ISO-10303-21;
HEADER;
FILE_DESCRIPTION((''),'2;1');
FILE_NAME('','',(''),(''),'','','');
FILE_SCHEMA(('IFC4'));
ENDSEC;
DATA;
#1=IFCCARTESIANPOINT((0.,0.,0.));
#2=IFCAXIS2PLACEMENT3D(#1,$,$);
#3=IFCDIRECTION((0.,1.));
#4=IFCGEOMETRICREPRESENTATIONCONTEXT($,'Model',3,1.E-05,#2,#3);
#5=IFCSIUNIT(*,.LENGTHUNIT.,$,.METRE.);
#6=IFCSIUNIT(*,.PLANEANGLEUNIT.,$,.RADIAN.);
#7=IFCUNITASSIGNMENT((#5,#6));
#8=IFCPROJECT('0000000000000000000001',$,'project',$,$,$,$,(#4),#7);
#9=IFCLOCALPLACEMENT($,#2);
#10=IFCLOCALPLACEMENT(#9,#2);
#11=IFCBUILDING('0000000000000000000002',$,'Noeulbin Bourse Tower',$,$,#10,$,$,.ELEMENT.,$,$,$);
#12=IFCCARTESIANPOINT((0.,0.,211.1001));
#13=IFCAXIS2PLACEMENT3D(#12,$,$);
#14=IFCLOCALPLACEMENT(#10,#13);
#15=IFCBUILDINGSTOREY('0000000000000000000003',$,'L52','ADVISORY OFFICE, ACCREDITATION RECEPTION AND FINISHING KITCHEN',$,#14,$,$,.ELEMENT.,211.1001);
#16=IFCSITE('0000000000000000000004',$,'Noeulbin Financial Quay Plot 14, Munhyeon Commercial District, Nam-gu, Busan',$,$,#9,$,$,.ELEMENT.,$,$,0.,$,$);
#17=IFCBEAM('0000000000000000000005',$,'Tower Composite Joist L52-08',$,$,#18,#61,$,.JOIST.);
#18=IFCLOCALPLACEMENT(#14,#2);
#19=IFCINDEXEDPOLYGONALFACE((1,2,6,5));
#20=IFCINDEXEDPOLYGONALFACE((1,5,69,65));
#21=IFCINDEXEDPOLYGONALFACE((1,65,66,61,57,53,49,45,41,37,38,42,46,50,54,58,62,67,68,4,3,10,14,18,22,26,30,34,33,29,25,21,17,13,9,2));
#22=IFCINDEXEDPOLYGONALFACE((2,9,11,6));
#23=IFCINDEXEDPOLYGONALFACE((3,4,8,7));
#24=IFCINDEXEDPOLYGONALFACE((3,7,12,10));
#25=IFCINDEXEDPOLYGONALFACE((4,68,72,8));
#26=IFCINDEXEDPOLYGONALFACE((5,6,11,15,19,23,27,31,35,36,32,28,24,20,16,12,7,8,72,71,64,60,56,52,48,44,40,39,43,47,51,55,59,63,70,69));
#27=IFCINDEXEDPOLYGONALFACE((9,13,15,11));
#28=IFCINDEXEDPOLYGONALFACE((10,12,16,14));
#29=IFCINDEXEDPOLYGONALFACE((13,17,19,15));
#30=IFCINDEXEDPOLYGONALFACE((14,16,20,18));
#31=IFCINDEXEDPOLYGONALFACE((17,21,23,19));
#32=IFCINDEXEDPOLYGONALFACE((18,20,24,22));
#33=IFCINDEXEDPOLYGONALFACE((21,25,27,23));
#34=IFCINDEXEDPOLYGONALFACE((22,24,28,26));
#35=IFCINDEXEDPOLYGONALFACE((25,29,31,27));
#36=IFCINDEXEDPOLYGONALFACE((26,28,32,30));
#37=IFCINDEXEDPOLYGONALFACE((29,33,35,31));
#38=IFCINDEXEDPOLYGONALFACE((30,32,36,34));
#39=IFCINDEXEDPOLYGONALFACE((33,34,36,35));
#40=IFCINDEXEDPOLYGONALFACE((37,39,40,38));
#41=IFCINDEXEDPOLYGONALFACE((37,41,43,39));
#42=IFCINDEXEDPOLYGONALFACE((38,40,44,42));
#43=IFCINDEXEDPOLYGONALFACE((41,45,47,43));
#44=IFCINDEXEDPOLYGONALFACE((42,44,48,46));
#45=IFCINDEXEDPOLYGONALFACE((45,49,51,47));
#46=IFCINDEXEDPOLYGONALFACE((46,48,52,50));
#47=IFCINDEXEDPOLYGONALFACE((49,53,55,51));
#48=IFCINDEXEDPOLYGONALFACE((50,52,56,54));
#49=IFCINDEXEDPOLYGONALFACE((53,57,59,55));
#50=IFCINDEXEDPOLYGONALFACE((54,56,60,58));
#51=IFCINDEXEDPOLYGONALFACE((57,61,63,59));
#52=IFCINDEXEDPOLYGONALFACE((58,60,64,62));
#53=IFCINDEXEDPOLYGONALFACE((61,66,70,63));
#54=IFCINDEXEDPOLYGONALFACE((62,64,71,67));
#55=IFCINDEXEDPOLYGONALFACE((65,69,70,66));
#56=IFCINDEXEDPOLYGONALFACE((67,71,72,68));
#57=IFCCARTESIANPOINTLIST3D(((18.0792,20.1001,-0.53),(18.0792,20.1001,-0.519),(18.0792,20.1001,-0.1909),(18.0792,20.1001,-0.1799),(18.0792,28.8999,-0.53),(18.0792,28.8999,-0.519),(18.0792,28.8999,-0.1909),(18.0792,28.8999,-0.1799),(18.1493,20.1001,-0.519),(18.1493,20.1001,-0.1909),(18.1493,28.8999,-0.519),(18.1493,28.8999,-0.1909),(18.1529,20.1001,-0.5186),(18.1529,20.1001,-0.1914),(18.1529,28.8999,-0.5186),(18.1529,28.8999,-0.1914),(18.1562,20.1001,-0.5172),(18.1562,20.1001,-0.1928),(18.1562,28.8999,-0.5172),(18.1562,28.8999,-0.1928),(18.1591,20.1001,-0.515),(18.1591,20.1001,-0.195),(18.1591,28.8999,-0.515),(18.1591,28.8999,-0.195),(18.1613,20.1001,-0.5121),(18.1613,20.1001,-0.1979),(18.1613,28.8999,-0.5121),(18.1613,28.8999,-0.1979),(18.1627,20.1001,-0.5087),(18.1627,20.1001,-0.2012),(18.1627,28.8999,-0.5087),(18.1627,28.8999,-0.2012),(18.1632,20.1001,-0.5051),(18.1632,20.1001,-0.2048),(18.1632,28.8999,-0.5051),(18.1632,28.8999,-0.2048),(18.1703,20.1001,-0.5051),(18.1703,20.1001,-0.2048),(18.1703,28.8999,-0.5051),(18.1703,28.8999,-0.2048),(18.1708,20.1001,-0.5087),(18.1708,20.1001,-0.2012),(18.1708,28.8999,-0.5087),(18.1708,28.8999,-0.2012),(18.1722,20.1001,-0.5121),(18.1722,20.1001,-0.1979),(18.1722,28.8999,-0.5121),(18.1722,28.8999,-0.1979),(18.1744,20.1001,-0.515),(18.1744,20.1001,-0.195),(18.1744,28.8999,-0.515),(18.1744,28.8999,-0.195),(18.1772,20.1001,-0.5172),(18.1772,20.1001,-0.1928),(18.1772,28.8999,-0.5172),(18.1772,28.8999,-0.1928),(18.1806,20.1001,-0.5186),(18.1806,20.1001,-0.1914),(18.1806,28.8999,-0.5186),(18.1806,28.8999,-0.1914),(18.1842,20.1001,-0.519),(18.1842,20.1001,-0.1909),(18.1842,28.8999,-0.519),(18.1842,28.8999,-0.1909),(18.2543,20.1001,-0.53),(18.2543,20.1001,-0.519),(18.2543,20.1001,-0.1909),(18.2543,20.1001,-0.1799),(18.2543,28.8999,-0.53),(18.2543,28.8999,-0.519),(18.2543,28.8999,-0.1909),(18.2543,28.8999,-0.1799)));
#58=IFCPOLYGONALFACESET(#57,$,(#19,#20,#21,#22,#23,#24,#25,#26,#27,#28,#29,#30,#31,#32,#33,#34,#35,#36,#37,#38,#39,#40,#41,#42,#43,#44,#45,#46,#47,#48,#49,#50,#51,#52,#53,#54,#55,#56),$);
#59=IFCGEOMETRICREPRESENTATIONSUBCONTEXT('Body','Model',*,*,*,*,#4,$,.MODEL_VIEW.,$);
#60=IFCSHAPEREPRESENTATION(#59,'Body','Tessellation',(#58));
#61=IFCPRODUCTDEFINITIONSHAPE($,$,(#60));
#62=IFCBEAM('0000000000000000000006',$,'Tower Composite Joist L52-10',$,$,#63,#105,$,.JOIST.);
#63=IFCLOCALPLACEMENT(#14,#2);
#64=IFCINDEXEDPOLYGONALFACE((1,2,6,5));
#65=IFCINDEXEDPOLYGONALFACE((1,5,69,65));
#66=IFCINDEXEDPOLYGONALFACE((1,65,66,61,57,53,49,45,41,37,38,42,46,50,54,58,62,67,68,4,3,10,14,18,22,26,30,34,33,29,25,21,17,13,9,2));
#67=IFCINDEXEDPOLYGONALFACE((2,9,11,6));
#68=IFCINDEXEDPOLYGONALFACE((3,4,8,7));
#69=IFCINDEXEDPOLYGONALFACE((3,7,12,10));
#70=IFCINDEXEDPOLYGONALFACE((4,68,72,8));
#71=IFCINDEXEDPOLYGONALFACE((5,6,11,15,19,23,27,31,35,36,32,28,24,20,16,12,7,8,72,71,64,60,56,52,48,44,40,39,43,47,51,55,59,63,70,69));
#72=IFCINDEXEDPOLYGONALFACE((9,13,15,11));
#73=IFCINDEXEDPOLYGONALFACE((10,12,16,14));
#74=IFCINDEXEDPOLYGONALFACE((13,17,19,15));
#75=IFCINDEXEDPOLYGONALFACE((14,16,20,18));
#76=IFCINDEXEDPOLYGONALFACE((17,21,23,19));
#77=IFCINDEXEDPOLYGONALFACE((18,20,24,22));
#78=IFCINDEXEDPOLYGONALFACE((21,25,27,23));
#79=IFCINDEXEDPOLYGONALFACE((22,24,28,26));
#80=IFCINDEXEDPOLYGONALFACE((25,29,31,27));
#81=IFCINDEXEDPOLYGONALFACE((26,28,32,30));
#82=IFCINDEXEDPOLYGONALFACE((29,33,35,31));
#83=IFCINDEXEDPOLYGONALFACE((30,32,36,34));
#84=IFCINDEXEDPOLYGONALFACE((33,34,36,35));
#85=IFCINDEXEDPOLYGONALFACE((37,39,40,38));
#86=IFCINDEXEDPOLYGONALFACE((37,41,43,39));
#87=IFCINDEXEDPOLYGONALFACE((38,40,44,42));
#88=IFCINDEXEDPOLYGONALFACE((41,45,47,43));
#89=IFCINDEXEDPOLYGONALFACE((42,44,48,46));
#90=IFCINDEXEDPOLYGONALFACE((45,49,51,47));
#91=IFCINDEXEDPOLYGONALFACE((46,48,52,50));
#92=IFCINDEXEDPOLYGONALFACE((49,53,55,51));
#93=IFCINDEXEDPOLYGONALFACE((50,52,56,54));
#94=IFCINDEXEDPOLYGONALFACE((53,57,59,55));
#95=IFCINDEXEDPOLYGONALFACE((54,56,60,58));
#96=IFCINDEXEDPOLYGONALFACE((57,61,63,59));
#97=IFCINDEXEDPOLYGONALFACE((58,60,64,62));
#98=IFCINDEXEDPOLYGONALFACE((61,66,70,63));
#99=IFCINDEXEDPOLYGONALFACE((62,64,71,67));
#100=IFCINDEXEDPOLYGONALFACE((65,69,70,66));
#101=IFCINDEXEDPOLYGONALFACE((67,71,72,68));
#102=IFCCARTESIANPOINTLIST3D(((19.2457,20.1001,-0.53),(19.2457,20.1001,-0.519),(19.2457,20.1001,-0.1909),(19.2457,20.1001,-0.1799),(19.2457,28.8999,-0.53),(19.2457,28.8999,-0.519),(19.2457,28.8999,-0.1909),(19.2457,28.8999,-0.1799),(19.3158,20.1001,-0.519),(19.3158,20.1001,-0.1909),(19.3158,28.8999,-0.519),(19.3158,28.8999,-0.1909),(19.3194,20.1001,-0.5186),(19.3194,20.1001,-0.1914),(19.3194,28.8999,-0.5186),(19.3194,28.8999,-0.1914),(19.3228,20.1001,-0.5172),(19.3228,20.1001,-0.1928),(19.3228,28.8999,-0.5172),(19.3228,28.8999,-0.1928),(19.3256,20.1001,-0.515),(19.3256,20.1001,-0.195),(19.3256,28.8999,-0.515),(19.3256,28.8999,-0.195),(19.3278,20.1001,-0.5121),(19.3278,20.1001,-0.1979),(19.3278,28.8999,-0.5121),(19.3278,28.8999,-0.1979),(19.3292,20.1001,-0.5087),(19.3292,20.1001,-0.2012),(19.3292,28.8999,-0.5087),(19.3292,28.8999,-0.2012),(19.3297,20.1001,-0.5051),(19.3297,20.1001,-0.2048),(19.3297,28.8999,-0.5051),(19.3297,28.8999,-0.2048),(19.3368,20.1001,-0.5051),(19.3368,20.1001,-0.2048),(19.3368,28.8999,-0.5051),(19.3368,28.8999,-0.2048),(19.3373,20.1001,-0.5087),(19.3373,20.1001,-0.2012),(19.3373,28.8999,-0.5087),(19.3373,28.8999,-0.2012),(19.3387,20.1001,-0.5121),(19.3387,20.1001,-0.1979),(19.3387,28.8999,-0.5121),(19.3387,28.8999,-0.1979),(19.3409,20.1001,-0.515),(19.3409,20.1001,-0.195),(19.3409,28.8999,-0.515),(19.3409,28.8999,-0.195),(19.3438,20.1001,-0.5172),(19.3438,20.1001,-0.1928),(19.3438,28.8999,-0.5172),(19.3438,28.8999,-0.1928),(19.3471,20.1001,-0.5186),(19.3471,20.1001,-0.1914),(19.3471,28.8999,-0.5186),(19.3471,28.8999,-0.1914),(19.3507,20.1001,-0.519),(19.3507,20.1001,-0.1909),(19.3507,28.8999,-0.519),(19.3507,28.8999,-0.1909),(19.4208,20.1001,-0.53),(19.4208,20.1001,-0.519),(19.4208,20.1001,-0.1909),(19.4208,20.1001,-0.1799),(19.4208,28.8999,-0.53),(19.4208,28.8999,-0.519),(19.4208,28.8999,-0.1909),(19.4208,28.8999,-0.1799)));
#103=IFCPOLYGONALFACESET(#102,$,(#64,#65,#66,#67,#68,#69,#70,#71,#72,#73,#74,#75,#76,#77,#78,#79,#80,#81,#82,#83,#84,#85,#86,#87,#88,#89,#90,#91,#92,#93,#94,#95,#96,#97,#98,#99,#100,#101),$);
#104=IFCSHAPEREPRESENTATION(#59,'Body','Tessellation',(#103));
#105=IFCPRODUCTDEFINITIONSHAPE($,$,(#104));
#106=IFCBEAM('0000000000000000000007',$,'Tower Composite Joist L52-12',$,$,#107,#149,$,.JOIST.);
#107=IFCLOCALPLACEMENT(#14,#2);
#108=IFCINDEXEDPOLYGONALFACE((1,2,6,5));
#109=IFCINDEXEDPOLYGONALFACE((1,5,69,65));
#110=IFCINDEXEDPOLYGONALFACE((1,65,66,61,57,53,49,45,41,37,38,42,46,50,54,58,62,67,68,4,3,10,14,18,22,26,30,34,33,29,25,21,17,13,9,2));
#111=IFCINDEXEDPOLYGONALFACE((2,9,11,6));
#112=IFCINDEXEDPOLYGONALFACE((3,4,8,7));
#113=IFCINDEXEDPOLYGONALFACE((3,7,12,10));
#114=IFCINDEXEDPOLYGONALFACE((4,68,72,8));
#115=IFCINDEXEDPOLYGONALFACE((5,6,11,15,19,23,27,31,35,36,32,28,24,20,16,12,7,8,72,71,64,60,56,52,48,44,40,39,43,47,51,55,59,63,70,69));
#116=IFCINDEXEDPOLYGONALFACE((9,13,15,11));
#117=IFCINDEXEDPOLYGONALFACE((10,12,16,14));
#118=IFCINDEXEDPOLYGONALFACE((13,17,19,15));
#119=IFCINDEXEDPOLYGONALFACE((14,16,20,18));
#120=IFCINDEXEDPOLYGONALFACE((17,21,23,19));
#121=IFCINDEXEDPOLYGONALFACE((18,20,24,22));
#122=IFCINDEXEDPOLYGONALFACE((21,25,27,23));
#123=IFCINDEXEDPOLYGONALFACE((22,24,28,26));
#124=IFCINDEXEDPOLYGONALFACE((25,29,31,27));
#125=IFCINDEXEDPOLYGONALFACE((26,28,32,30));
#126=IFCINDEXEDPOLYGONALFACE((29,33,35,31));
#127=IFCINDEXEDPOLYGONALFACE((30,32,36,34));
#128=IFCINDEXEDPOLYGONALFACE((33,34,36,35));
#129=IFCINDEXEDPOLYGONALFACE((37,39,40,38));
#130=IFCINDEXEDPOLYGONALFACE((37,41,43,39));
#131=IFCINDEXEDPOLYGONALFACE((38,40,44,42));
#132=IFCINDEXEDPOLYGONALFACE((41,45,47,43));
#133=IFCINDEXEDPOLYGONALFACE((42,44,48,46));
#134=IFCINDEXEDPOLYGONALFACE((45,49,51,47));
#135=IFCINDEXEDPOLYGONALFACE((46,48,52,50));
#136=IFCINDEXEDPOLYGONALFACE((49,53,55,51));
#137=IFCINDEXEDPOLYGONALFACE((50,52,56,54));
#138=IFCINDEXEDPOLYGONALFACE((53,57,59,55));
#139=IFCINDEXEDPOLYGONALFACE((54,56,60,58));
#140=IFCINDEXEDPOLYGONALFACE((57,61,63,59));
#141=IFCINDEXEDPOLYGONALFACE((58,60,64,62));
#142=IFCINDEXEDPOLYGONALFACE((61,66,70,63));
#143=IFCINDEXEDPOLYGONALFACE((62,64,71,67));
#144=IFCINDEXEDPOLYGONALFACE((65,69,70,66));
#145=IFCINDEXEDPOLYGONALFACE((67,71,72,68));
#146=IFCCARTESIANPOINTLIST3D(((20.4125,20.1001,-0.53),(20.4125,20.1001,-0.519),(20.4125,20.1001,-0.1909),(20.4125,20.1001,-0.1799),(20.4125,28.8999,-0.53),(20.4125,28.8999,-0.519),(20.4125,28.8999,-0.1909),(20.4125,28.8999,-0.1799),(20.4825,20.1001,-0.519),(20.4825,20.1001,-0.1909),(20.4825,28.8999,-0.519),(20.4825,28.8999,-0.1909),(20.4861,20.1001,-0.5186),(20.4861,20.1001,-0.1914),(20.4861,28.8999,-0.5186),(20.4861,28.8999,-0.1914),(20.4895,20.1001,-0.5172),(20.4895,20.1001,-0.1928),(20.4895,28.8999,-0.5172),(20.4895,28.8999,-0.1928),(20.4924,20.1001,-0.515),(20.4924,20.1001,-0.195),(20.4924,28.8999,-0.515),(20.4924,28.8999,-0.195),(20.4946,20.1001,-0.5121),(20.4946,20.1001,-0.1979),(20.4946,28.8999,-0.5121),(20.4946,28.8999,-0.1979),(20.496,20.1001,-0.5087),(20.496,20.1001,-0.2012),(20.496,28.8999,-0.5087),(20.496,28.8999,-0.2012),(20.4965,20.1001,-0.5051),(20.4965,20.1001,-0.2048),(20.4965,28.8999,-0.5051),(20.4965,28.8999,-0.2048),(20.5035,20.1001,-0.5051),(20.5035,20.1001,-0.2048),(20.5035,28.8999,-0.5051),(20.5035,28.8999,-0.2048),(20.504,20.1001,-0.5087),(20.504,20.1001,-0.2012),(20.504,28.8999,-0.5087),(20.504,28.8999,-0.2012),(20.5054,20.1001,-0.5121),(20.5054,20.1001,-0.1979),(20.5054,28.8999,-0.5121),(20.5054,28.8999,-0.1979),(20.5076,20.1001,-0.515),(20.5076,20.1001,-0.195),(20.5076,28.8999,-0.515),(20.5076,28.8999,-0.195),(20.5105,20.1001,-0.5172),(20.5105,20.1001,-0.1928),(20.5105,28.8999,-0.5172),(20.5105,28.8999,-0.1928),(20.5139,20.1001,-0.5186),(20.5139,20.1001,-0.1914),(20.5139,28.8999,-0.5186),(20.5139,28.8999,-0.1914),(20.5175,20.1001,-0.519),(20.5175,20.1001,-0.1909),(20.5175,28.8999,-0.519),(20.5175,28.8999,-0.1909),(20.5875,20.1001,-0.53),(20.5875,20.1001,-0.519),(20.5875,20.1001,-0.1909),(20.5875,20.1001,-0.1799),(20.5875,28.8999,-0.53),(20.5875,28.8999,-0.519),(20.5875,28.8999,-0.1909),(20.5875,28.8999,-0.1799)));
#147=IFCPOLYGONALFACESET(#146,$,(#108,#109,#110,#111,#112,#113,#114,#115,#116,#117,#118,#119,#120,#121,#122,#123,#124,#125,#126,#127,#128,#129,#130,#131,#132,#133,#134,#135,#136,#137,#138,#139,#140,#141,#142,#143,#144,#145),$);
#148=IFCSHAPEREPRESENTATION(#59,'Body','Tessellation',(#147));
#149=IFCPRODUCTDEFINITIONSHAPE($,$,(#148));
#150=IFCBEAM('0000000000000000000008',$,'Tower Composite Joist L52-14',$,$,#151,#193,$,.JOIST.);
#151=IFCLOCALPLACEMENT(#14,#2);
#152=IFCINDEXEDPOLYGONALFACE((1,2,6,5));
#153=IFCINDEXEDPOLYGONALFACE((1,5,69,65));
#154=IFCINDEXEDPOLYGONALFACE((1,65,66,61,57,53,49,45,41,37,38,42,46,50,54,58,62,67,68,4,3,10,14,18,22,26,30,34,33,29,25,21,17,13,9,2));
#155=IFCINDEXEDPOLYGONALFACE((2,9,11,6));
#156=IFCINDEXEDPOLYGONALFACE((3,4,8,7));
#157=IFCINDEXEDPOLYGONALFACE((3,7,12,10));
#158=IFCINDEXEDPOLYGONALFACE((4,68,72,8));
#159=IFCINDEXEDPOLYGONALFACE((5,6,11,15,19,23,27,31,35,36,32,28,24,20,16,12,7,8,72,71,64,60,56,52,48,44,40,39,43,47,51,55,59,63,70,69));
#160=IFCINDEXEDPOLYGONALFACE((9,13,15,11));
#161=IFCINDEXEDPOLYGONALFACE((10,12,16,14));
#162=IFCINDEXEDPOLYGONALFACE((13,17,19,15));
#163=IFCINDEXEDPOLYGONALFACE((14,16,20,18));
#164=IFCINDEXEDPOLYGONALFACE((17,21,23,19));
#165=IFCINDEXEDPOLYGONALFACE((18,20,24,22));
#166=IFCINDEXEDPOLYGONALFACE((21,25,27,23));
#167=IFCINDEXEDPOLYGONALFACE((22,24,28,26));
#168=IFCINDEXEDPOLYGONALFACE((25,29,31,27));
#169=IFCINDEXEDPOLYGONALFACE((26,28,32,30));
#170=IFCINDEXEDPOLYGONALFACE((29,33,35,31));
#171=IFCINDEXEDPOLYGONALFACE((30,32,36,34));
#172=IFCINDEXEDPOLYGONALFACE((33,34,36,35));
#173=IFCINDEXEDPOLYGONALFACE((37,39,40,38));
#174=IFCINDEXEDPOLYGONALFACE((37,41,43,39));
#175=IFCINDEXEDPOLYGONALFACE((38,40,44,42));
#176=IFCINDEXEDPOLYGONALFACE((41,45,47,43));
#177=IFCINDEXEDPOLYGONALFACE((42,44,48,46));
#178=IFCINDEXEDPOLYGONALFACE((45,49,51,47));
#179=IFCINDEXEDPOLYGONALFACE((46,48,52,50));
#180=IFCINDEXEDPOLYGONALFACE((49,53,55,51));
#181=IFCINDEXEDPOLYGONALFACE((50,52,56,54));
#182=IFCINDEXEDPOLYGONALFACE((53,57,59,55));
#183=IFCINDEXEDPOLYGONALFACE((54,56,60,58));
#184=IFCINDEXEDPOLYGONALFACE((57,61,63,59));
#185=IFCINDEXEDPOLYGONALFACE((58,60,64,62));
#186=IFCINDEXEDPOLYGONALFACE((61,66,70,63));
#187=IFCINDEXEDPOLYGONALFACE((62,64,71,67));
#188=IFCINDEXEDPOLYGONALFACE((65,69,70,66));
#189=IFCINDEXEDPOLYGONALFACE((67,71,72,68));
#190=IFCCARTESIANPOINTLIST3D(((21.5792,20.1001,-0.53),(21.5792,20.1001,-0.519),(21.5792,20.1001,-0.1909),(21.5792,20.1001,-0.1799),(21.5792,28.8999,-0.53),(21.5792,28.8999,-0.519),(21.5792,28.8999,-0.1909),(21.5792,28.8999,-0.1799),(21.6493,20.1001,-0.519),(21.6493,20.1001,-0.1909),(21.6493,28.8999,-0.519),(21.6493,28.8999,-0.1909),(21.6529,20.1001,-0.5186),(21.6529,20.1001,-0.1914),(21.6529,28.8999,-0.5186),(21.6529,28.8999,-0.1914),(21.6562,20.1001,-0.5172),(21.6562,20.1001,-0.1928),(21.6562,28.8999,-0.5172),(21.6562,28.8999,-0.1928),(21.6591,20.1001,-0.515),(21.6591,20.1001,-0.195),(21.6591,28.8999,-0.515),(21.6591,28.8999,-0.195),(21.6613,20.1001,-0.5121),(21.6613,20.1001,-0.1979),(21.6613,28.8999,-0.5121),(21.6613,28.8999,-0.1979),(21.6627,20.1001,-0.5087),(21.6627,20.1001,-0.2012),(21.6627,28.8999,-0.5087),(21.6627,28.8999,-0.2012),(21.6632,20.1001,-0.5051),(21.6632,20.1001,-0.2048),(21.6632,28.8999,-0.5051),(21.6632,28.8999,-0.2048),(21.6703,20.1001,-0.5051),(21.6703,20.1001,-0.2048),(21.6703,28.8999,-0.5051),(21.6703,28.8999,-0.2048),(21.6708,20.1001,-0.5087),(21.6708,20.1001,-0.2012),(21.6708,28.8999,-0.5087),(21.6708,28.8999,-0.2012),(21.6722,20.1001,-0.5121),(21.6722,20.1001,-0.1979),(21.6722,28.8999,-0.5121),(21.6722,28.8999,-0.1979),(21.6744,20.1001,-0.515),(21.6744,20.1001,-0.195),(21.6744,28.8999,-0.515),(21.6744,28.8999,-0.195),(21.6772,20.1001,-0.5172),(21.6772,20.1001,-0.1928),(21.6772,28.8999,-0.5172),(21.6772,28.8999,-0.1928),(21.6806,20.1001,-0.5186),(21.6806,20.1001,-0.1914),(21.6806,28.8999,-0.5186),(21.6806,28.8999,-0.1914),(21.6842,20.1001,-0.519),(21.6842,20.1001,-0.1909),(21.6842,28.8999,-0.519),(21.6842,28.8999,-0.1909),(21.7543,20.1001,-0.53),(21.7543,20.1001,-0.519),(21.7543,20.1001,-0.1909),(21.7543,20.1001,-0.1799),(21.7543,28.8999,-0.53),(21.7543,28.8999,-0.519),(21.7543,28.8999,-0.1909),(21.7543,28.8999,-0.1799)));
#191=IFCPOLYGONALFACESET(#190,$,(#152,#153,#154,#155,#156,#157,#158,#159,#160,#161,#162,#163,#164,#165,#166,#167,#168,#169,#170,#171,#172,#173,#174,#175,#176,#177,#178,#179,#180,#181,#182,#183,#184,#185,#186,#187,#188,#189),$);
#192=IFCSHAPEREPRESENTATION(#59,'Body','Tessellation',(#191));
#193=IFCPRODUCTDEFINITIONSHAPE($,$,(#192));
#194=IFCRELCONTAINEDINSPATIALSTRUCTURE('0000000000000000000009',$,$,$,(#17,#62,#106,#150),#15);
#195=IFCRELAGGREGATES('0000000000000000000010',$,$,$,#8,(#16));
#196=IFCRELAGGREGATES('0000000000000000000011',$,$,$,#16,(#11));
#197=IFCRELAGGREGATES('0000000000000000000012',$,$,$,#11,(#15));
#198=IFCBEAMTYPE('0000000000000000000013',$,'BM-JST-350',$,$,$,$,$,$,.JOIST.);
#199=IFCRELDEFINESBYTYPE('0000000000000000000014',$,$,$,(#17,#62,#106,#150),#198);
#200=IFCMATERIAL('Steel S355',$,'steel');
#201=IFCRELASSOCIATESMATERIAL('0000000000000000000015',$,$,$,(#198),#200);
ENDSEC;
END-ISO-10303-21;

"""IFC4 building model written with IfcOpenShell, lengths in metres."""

from ifc_helpers import new_model, si_unit, direction, frame, origin, origin_2d, place, context, subcontext, project, spatial, i_section, extrude, material, material_profile, profile_set, type_object, element, save


model = new_model("IFC4")

# Units and contexts
model_context = context("Model", 3, precision=1e-05, world=origin(), true_north=direction((0.0, 1.0)))
body_context = subcontext(model_context, "Body", "Model", "MODEL_VIEW")
ifc_project = project(units=[si_unit("LENGTHUNIT", "METRE"), si_unit("PLANEANGLEUNIT", "RADIAN")], contexts=[model_context])

# Site, building, storey
site_placement = place(None, origin())
site = spatial("IfcSite", under=ifc_project, at=site_placement, Name="Noeulbin Financial Quay Plot 14, Munhyeon Commercial District, Nam-gu, Busan", CompositionType="ELEMENT", RefElevation=0.0)
building_placement = place(site_placement, origin())
building = spatial("IfcBuilding", under=site, at=building_placement, Name="Noeulbin Bourse Tower", CompositionType="ELEMENT")
storey_placement = place(building_placement, frame((0.0, 0.0, 211.1001)))
storey = spatial("IfcBuildingStorey", under=building, at=storey_placement, Name="L52", Description="ADVISORY OFFICE, ACCREDITATION RECEPTION AND FINISHING KITCHEN", CompositionType="ELEMENT", Elevation=211.1001)

# Shared definitions
ifc_material_1 = material(Name="Steel S355", Category="steel")

# Beams
ifc_material_profile_1 = material_profile(ifc_material_1, i_section(OverallWidth=0.175, OverallDepth=0.3501, WebThickness=0.0071, FlangeThickness=0.011, FilletRadius=0.0139, at=origin_2d()), Name="H-350x175x7x11", Category="LoadBearing")
ifc_profile_set_1 = profile_set([ifc_material_profile_1], Name="Steel S355")
beam_type_1 = type_object("IfcBeamType", Name="BM-JST-350", PredefinedType="JOIST", material=ifc_profile_set_1)
for number, where, z_axis, x_axis, name in (
    (1, (18.1667, 20.1001, -0.355), (0.0, 1.0, 0.0), (-1.0, 0.0, 0.0), "Tower Composite Joist L52-08"),
    (2, (19.3333, 20.1001, -0.355), (0.0, 1.0, 0.0), (-1.0, 0.0, 0.0), "Tower Composite Joist L52-10"),
    (3, (20.5, 20.1001, -0.355), (0.0, 1.0, 0.0), (-1.0, 0.0, 0.0), "Tower Composite Joist L52-12"),
    (4, (21.6667, 20.1001, -0.355), (0.0, 1.0, 0.0), (-1.0, 0.0, 0.0), "Tower Composite Joist L52-14"),
):
    element("IfcBeam", number, at=place(storey_placement, frame(where, z_axis=z_axis, x_axis=x_axis)), inside=storey, type_object=beam_type_1, Name=name, PredefinedType="JOIST", context=body_context, shape_type="SweptSolid", body=[
        extrude(i_section(OverallWidth=0.175, OverallDepth=0.3501, WebThickness=0.0071, FlangeThickness=0.011, FilletRadius=0.0139, at=origin_2d()), origin(), (0.0, 0.0, 1.0), 8.7998),
    ])

save(model, "model.ifc")
